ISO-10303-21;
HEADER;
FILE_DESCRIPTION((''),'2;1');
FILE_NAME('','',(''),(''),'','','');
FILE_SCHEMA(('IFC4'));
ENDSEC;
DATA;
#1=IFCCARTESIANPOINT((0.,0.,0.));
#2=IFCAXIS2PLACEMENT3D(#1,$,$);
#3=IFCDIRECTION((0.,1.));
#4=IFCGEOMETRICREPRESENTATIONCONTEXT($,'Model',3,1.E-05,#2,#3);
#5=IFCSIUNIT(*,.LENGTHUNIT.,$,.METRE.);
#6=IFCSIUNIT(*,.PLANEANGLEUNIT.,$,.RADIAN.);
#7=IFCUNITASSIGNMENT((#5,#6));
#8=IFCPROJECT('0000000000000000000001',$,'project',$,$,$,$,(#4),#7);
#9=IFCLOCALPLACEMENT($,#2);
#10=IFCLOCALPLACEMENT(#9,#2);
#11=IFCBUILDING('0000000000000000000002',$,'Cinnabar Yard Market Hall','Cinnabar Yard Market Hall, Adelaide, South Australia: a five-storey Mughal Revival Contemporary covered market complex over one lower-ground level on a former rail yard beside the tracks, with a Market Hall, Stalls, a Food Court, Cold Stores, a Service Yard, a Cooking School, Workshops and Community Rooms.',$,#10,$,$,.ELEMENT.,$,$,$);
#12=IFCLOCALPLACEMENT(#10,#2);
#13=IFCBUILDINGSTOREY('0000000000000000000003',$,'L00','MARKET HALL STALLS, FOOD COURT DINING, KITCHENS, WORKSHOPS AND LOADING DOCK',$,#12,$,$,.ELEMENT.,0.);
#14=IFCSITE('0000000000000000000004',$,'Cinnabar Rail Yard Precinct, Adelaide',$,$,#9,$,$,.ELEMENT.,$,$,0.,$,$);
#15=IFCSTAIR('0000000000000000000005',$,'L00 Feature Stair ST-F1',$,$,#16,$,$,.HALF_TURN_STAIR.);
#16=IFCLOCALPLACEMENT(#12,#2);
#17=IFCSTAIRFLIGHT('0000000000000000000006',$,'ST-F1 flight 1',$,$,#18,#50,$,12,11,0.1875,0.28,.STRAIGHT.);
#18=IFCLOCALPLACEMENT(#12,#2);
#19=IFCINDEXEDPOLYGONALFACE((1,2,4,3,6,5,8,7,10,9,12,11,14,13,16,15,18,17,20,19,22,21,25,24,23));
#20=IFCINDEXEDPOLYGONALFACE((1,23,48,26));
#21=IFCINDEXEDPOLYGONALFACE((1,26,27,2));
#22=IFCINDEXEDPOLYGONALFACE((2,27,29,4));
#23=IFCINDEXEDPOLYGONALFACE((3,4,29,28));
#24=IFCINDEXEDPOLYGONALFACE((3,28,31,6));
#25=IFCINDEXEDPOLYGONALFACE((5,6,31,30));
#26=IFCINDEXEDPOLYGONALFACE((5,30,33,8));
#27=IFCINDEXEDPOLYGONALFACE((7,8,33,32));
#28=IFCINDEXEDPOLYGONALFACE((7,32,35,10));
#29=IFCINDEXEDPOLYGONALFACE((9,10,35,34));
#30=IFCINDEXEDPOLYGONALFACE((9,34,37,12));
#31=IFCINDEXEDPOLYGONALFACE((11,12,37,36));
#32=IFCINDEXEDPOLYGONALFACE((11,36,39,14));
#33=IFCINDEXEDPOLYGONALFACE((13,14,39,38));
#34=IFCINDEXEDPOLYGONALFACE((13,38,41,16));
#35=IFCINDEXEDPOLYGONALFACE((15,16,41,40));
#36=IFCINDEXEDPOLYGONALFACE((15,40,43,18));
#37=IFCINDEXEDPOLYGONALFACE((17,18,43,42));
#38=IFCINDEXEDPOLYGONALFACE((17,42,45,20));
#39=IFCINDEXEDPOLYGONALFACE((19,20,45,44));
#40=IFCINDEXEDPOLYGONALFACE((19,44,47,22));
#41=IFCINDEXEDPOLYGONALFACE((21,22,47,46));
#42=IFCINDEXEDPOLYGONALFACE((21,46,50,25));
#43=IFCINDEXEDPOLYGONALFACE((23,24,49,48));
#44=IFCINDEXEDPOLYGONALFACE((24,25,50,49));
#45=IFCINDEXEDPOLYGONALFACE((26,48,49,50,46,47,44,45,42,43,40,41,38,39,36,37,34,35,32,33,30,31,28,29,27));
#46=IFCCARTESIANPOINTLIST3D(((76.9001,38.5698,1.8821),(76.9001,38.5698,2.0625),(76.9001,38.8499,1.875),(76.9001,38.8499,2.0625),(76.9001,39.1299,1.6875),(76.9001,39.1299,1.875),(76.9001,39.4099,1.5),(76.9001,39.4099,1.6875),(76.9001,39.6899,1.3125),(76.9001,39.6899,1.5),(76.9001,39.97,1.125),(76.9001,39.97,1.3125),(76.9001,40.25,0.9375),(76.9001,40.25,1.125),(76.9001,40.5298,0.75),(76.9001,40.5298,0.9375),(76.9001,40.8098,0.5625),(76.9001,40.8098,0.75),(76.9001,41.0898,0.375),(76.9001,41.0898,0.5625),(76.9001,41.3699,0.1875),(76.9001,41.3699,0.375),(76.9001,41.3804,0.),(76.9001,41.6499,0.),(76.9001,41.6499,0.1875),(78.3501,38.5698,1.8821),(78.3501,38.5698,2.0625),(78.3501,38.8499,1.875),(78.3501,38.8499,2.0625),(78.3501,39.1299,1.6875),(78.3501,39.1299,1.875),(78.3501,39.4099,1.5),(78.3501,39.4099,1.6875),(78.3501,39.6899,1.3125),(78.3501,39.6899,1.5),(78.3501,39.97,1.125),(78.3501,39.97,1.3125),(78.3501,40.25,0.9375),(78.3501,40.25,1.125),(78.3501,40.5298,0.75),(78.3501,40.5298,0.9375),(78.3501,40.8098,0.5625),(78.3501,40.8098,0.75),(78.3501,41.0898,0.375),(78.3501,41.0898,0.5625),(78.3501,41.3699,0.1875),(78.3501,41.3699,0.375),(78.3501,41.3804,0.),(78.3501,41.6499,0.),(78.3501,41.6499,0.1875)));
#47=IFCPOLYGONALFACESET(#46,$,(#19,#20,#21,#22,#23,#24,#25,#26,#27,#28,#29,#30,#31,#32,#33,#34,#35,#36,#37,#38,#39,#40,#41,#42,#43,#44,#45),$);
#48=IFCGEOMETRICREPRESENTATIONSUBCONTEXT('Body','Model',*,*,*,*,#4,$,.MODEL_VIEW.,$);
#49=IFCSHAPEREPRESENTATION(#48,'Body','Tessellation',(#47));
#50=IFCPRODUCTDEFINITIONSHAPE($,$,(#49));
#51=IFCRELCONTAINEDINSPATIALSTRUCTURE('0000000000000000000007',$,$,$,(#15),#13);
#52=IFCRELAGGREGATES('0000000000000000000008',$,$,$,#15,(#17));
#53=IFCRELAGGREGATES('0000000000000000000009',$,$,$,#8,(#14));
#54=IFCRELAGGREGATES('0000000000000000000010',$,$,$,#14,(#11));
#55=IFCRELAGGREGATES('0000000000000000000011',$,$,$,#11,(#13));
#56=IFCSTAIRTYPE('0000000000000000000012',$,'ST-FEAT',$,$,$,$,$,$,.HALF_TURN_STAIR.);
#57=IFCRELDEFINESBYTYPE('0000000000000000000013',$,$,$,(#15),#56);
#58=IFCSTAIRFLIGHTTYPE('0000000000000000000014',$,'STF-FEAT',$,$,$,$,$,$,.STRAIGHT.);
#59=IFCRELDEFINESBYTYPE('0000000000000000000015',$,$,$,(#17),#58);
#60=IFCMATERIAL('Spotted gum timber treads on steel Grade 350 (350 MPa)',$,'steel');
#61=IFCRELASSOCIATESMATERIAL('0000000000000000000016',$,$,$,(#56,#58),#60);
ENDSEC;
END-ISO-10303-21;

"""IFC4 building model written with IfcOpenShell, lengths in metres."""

from ifc_helpers import new_model, si_unit, direction, frame, origin, place, context, subcontext, project, spatial, polyline, outline, extrude, material, type_object, element, aggregate, save


model = new_model("IFC4")

# Units and contexts
model_context = context("Model", 3, precision=1e-05, world=origin(), true_north=direction((0.0, 1.0)))
body_context = subcontext(model_context, "Body", "Model", "MODEL_VIEW")
ifc_project = project(units=[si_unit("LENGTHUNIT", "METRE"), si_unit("PLANEANGLEUNIT", "RADIAN")], contexts=[model_context])

# Site, building, storey
site_placement = place(None, origin())
site = spatial("IfcSite", under=ifc_project, at=site_placement, Name="Cinnabar Rail Yard Precinct, Adelaide", CompositionType="ELEMENT", RefElevation=0.0)
building_placement = place(site_placement, origin())
building = spatial("IfcBuilding", under=site, at=building_placement, Name="Cinnabar Yard Market Hall", Description="Cinnabar Yard Market Hall, Adelaide, South Australia: a five-storey Mughal Revival Contemporary covered market complex over one lower-ground level on a former rail yard beside the tracks, with a Market Hall, Stalls, a Food Court, Cold Stores, a Service Yard, a Cooking School, Workshops and Community Rooms.", CompositionType="ELEMENT")
storey_placement = place(building_placement, origin())
storey = spatial("IfcBuildingStorey", under=building, at=storey_placement, Name="L00", Description="MARKET HALL STALLS, FOOD COURT DINING, KITCHENS, WORKSHOPS AND LOADING DOCK", CompositionType="ELEMENT", Elevation=0.0)

# Stair, stair flight
ifc_material_1 = material(Name="Spotted gum timber treads on steel Grade 350 (350 MPa)", Category="steel")
stair_type = type_object("IfcStairType", Name="ST-FEAT", PredefinedType="HALF_TURN_STAIR", material=ifc_material_1)
stair_placement = place(storey_placement, origin())
stair = element("IfcStair", 1, at=stair_placement, inside=storey, type_object=stair_type, Name="L00 Feature Stair ST-F1", PredefinedType="HALF_TURN_STAIR")
stair_flight_type = type_object("IfcStairFlightType", Name="STF-FEAT", PredefinedType="STRAIGHT", material=ifc_material_1)
stair_flight_placement = place(storey_placement, frame((77.625, 41.6499, 0.0), z_axis=(0.0, 0.0, 1.0), x_axis=(0.0, -1.0, 0.0)))
stair_flight = element("IfcStairFlight", 2, at=stair_flight_placement, type_object=stair_flight_type, Name="ST-F1 flight 1", NumberOfRisers=12, NumberOfTreads=11, PredefinedType="STRAIGHT", RiserHeight=0.1875, TreadLength=0.28, context=body_context, shape_type="SweptSolid", body=[
    extrude(outline(polyline([(0.0, 0.0), (0.0, 0.1875), (0.28, 0.1875), (0.28, 0.375), (0.5601, 0.375), (0.5601, 0.5625), (0.8401, 0.5625), (0.8401, 0.75), (1.1201, 0.75), (1.1201, 0.9375), (1.3999, 0.9375), (1.3999, 1.125), (1.6799, 1.125), (1.6799, 1.3125), (1.96, 1.3125), (1.96, 1.5), (2.24, 1.5), (2.24, 1.6875), (2.52, 1.6875), (2.52, 1.875), (2.8, 1.875), (2.8, 2.0625), (3.0801, 2.0625), (3.0801, 2.25), (3.0801, 1.8821), (0.2695, 0.0), (0.0, 0.0)])), frame((0.0, 0.7251, 0.0), z_axis=(0.0, -1.0, 0.0), x_axis=(1.0, 0.0, 0.0)), (0.0, 0.0, 1.0), 1.45),
])
aggregate(stair, [stair_flight])

save(model, "model.ifc")
